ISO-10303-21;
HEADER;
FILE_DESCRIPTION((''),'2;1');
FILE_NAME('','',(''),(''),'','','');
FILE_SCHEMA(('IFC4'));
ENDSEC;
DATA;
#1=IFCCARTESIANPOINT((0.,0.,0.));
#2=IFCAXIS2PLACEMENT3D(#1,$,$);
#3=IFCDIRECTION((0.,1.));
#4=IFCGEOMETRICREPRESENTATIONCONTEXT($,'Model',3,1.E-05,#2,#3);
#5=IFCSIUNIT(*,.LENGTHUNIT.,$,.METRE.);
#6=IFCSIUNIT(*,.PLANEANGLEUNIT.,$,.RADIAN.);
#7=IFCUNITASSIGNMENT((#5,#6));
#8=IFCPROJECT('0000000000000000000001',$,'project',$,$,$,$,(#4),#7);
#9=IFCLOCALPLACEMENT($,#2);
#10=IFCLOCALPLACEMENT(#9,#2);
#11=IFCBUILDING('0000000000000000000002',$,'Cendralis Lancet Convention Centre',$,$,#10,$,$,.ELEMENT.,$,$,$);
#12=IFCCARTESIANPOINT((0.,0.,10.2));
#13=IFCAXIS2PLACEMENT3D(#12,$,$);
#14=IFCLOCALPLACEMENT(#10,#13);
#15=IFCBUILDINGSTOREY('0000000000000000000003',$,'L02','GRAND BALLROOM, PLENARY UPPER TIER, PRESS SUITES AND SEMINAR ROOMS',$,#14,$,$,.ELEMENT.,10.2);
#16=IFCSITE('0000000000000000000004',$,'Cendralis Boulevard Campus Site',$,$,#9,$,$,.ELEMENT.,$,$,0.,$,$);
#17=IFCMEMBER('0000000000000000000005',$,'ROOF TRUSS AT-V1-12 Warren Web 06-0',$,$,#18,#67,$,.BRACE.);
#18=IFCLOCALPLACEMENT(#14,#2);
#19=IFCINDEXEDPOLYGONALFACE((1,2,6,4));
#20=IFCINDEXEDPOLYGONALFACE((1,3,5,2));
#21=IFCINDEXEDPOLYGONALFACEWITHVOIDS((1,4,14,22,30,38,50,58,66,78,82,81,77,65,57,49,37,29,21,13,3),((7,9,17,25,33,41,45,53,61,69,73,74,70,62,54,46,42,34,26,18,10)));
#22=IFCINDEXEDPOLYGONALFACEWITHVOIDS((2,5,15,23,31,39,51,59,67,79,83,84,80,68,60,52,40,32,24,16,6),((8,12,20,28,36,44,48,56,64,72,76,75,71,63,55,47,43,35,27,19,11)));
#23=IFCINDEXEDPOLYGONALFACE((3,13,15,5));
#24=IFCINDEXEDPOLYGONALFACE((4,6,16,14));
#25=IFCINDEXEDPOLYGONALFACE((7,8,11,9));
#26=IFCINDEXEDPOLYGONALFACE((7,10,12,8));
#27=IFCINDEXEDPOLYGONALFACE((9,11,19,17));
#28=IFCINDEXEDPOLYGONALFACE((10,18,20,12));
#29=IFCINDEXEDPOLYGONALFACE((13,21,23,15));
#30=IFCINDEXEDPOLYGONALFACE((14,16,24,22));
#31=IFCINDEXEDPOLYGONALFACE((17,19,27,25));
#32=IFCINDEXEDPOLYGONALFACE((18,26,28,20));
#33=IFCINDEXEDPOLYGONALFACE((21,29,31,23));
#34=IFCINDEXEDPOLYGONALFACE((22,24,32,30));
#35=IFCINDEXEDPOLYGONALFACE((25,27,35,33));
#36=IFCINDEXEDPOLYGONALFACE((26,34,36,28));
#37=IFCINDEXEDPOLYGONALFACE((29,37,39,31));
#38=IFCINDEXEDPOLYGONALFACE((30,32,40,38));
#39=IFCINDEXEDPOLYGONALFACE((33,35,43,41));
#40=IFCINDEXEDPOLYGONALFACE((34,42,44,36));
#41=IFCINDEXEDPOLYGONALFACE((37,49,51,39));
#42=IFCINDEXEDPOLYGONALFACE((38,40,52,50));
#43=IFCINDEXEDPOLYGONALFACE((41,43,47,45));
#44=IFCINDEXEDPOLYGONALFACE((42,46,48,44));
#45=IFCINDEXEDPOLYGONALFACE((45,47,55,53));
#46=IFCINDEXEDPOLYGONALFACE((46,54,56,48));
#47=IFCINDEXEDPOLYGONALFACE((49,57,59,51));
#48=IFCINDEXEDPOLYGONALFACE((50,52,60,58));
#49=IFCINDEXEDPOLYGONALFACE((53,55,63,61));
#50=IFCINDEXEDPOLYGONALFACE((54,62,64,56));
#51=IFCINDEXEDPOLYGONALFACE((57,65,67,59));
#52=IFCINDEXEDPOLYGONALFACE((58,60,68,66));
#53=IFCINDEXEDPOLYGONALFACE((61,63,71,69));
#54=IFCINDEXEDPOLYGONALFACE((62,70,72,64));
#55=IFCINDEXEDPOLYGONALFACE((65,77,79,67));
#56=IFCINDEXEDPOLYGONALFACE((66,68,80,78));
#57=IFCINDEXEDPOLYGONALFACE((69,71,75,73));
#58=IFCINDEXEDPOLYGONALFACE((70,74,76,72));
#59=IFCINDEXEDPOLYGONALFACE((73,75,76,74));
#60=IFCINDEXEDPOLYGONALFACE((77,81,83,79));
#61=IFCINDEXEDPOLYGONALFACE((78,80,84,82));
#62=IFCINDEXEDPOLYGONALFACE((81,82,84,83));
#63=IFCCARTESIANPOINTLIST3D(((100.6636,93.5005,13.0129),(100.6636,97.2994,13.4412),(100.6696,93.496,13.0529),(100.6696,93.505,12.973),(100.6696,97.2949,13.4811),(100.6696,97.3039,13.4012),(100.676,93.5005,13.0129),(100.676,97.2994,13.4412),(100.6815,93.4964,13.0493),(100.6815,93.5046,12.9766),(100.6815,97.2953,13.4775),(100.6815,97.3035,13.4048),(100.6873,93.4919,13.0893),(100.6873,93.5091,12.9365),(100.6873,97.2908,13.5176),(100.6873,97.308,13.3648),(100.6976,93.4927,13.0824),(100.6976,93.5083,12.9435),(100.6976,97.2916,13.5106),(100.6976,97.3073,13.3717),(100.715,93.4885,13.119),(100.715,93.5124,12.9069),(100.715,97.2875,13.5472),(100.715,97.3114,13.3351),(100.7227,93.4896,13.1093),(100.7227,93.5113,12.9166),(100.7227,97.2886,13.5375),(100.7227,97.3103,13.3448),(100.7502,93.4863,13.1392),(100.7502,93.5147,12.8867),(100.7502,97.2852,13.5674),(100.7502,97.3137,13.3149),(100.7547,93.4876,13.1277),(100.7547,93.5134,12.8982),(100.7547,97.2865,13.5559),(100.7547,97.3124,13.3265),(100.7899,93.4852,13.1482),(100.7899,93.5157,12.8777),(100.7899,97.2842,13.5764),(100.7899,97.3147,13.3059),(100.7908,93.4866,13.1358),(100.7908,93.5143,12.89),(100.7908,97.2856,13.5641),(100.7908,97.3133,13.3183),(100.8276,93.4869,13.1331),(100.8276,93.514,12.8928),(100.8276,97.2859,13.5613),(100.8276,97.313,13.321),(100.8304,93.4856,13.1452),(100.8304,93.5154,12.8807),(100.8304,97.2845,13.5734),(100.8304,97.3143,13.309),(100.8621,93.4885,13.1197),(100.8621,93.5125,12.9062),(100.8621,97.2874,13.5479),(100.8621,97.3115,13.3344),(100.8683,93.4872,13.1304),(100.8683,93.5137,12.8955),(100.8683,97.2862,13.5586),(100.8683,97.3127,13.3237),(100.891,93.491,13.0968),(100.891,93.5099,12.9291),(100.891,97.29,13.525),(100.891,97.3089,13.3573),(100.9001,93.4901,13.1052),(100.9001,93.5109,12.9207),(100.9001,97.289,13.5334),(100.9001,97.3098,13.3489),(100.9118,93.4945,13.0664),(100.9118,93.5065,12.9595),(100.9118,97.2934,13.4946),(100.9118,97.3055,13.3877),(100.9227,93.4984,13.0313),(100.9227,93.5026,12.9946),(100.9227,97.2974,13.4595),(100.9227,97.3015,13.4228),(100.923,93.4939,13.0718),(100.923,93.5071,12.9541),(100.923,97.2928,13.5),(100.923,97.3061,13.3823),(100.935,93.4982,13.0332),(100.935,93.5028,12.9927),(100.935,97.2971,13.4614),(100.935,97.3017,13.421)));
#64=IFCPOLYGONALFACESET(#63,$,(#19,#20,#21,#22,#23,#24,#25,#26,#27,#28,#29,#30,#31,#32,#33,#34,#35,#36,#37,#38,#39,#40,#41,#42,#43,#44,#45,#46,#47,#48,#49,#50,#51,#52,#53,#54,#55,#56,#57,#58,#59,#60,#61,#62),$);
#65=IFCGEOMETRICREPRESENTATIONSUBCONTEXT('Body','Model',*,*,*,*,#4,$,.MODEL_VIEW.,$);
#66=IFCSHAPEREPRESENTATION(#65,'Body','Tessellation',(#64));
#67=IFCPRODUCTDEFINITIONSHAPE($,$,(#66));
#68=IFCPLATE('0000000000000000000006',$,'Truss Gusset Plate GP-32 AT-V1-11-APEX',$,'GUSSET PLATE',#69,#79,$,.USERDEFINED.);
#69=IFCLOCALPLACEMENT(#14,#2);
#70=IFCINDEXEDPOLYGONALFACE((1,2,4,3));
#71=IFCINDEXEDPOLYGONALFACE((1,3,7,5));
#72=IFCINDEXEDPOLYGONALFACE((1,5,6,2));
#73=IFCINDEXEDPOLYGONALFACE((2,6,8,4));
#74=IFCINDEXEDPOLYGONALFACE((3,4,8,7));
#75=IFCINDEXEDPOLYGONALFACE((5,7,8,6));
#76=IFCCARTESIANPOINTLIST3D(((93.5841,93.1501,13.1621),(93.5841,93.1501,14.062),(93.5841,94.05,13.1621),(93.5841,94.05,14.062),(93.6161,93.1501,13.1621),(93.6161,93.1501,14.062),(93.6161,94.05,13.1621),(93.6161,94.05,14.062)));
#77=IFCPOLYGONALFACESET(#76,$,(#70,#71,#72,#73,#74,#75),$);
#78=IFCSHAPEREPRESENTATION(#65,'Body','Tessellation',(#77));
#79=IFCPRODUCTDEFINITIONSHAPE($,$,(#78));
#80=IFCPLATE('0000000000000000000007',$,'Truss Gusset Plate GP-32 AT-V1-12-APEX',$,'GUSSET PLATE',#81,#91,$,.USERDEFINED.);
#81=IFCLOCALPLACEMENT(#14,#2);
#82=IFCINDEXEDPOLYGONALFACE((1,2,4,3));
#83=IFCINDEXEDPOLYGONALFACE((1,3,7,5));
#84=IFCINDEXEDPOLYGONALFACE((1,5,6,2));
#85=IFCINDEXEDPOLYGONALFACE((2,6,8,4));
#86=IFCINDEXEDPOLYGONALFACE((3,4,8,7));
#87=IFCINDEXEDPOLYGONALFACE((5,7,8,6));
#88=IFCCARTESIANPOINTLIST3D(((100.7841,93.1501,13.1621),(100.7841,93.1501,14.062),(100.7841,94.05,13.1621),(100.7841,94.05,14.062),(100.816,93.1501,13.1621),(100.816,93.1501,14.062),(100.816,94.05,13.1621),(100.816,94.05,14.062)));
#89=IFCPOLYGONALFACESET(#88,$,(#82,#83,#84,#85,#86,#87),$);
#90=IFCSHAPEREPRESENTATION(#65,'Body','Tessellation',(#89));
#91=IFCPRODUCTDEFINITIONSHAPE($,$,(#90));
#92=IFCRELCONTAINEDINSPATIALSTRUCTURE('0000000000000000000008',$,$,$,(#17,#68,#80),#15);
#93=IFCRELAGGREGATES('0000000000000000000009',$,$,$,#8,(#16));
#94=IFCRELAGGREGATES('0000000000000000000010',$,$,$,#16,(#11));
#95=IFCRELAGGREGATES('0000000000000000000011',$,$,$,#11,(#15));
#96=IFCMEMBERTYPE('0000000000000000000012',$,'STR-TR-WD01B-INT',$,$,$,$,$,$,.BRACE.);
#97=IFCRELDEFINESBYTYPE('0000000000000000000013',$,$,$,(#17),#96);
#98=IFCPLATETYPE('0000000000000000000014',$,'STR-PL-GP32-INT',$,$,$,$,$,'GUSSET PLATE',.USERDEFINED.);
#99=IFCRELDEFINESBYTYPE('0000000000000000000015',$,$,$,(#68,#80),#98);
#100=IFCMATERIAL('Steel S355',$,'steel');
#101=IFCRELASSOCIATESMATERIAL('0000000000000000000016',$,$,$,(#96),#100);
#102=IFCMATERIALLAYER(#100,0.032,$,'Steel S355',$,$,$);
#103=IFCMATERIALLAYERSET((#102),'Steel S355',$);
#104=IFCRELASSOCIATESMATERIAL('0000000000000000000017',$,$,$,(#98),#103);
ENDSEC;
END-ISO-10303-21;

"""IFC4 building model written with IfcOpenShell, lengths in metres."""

from ifc_helpers import new_model, si_unit, direction, frame, origin, origin_2d, place, context, subcontext, project, spatial, rectangle, hollow_circle, extrude, material, layer, layer_set, material_profile, profile_set, type_object, element, save


model = new_model("IFC4")

# Units and contexts
model_context = context("Model", 3, precision=1e-05, world=origin(), true_north=direction((0.0, 1.0)))
body_context = subcontext(model_context, "Body", "Model", "MODEL_VIEW")
ifc_project = project(units=[si_unit("LENGTHUNIT", "METRE"), si_unit("PLANEANGLEUNIT", "RADIAN")], contexts=[model_context])

# Site, building, storey
site_placement = place(None, origin())
site = spatial("IfcSite", under=ifc_project, at=site_placement, Name="Cendralis Boulevard Campus Site", CompositionType="ELEMENT", RefElevation=0.0)
building_placement = place(site_placement, origin())
building = spatial("IfcBuilding", under=site, at=building_placement, Name="Cendralis Lancet Convention Centre", CompositionType="ELEMENT")
storey_placement = place(building_placement, frame((0.0, 0.0, 10.2)))
storey = spatial("IfcBuildingStorey", under=building, at=storey_placement, Name="L02", Description="GRAND BALLROOM, PLENARY UPPER TIER, PRESS SUITES AND SEMINAR ROOMS", CompositionType="ELEMENT", Elevation=10.2)

# Member
ifc_material = material(Name="Steel S355", Category="steel")
ifc_material_profile_1 = material_profile(ifc_material, hollow_circle(Radius=0.1365, WallThickness=0.0125, at=origin_2d()), Name="CHS 273.0x12.5")
ifc_profile_set_1 = profile_set([ifc_material_profile_1], Name="Steel S355")
member_type_1 = type_object("IfcMemberType", Name="STR-TR-WD01B-INT", PredefinedType="BRACE", material=ifc_profile_set_1)
for number, where, z_axis, x_axis, name in (
    (1, (100.8, 93.5005, 13.0129), (0.0, 0.993706, 0.112015), (-1.0, 0.0, 0.0), "ROOF TRUSS AT-V1-12 Warren Web 06-0"),
):
    element("IfcMember", number, at=place(storey_placement, frame(where, z_axis=z_axis, x_axis=x_axis)), inside=storey, type_object=member_type_1, Name=name, PredefinedType="BRACE", context=body_context, shape_type="SweptSolid", body=[
        extrude(hollow_circle(Radius=0.1365, WallThickness=0.0125, at=origin_2d()), origin(), (0.0, 0.0, 1.0), 3.823),
    ])

# Plates
ifc_layer = layer(ifc_material, 0.032, Name="Steel S355")
ifc_layer_set = layer_set([ifc_layer], Name="Steel S355")
plate_type = type_object("IfcPlateType", Name="STR-PL-GP32-INT", ElementType="GUSSET PLATE", PredefinedType="USERDEFINED", material=ifc_layer_set)
for number, where, z_axis, x_axis, name in (
    (2, (93.6001, 93.6001, 13.1621), (0.0, 0.0, 1.0), (0.0, 1.0, 0.0), "Truss Gusset Plate GP-32 AT-V1-11-APEX"),
    (3, (100.8, 93.6001, 13.1621), (0.0, 0.0, 1.0), (0.0, 1.0, 0.0), "Truss Gusset Plate GP-32 AT-V1-12-APEX"),
):
    element("IfcPlate", number, at=place(storey_placement, frame(where, z_axis=z_axis, x_axis=x_axis)), inside=storey, type_object=plate_type, Name=name, ObjectType="GUSSET PLATE", PredefinedType="USERDEFINED", context=body_context, shape_type="SweptSolid", body=[
        extrude(rectangle(XDim=0.8999, YDim=0.032, at=origin_2d()), origin(), (0.0, 0.0, 1.0), 0.8999),
    ])

save(model, "model.ifc")
